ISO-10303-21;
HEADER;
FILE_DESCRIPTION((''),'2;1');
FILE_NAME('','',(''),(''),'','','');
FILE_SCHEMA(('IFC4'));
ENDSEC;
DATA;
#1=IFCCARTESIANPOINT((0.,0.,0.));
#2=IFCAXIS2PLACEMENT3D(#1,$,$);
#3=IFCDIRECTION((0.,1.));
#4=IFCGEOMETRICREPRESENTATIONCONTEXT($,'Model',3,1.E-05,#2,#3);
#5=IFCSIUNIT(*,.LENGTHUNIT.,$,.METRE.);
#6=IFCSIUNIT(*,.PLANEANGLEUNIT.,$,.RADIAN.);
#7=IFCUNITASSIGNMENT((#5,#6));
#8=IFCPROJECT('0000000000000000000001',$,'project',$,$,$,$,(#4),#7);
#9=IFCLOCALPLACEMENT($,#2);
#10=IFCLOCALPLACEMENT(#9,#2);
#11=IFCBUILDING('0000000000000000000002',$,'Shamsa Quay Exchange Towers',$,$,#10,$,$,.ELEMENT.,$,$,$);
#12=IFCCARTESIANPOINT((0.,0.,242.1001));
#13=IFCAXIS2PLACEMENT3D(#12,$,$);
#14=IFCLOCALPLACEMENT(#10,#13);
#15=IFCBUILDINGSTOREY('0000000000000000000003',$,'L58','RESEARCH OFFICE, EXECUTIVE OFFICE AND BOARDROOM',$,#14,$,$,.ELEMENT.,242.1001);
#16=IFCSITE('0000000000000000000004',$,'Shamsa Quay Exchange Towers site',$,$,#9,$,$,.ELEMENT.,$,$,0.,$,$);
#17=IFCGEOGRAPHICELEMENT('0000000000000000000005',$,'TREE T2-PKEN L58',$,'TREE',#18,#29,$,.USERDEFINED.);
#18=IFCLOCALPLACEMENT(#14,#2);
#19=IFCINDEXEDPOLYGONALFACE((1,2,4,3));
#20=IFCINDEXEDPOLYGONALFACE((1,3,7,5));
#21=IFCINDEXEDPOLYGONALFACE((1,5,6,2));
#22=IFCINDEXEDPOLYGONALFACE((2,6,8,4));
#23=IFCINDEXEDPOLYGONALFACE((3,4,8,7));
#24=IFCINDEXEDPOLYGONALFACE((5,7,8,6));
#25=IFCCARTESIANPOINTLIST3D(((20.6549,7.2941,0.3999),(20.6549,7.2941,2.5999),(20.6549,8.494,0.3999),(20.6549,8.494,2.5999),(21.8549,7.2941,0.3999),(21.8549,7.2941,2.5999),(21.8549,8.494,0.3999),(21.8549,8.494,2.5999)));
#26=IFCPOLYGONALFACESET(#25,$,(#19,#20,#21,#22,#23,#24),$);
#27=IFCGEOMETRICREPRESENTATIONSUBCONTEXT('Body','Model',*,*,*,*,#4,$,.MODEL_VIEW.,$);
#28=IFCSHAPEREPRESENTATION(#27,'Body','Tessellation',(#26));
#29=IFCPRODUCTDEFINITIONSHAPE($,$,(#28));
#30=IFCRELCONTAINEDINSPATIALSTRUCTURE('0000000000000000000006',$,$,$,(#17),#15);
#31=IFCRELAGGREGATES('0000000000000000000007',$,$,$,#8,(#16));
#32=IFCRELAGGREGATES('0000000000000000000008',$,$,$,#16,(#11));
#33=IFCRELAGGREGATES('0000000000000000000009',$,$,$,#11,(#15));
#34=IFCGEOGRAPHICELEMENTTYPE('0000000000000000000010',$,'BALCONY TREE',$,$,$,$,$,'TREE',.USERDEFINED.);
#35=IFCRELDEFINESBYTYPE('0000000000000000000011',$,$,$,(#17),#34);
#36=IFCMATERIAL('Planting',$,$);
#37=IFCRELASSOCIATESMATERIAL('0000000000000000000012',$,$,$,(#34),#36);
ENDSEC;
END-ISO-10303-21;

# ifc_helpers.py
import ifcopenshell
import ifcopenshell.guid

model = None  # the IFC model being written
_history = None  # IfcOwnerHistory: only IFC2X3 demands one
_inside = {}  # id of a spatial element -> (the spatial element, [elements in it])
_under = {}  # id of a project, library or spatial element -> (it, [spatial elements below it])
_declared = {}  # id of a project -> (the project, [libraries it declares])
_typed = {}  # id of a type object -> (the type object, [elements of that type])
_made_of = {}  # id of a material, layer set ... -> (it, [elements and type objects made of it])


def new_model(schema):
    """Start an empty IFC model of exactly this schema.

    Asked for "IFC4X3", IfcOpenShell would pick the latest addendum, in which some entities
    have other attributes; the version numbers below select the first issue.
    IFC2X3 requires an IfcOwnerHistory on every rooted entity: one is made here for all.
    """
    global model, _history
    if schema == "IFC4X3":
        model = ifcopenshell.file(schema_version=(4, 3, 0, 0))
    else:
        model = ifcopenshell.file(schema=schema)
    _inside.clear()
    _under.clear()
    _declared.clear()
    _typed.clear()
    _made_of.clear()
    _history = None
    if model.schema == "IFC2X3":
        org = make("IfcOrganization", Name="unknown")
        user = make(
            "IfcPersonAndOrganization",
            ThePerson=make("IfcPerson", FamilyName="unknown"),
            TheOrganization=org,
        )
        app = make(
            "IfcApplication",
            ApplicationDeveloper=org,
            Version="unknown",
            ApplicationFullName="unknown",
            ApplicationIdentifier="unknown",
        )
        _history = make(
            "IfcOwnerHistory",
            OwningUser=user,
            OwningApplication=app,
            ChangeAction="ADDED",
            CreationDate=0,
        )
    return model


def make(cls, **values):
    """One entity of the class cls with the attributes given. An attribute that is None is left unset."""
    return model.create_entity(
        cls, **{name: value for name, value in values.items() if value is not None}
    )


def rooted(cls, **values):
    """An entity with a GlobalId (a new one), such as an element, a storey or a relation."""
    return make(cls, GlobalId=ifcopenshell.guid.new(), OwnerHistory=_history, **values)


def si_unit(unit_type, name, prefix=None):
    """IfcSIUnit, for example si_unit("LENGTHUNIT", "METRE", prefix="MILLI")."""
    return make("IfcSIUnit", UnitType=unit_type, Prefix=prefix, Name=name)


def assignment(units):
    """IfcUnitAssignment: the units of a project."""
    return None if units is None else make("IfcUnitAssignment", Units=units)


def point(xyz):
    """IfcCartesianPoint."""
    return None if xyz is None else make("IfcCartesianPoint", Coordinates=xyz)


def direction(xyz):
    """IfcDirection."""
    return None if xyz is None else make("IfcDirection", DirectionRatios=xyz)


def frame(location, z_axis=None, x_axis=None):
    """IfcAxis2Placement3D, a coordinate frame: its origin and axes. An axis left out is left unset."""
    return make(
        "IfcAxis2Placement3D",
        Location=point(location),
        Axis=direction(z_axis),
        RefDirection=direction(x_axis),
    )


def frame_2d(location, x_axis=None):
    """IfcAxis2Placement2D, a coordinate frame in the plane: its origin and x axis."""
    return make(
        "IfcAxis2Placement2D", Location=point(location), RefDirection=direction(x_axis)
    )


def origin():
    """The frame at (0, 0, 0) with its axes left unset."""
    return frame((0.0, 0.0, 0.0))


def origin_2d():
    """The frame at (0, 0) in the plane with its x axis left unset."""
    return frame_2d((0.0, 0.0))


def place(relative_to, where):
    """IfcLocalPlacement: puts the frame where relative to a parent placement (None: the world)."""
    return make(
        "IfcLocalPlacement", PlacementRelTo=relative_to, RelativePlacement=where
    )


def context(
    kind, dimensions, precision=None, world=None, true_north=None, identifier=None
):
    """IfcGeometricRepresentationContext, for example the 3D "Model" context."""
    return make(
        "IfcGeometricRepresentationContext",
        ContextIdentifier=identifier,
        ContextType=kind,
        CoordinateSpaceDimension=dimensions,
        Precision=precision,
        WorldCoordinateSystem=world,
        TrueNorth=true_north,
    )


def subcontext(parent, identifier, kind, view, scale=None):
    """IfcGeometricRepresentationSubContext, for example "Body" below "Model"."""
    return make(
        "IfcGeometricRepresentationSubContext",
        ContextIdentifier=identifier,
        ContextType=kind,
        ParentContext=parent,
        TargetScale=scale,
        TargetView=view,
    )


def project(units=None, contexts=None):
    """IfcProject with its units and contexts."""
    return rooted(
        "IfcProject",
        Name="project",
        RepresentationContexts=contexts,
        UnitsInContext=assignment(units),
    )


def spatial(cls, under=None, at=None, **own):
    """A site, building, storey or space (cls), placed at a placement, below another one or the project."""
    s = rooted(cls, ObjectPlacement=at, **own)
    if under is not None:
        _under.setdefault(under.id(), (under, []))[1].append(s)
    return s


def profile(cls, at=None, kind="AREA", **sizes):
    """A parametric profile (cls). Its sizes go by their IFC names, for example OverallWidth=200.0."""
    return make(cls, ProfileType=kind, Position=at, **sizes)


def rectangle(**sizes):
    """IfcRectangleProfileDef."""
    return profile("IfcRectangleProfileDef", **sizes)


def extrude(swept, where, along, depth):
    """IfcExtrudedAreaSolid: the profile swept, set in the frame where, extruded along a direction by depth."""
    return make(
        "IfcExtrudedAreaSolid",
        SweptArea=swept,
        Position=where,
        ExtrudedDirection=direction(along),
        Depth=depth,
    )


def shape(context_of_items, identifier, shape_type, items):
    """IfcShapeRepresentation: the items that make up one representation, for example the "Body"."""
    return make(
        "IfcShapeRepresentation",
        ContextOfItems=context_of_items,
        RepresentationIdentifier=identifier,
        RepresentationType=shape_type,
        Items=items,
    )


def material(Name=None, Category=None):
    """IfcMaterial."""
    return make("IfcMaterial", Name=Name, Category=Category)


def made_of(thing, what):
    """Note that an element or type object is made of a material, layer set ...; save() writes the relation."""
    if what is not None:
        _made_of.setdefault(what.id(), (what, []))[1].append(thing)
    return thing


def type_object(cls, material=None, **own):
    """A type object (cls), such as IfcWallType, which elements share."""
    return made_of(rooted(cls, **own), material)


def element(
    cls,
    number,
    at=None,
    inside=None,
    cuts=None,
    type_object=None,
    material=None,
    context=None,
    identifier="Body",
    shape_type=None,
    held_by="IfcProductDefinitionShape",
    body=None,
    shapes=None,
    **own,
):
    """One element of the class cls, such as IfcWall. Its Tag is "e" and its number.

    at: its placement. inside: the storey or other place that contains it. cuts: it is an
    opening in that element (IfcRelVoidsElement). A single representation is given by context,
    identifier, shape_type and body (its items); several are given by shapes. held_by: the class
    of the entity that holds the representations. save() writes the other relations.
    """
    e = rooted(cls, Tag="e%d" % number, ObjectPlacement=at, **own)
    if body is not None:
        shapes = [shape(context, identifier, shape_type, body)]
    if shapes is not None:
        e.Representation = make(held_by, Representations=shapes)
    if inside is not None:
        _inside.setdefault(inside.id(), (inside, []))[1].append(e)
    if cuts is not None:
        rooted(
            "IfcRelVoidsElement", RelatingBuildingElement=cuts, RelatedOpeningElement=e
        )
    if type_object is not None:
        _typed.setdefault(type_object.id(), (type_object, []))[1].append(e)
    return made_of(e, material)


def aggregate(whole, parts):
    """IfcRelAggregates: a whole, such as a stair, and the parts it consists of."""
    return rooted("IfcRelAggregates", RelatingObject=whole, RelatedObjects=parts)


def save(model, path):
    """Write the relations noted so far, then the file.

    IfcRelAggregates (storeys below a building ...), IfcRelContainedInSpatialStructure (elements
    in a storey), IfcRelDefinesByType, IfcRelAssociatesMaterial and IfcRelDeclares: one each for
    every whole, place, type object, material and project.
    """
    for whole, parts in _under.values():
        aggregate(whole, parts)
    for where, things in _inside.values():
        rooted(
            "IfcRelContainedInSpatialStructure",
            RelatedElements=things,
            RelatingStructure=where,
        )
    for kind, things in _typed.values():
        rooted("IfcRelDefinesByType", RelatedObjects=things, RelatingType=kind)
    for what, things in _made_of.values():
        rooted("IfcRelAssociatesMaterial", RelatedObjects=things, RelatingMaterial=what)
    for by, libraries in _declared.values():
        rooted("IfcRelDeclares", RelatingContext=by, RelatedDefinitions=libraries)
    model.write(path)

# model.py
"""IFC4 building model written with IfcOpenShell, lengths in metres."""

from ifc_helpers import new_model, si_unit, direction, frame, origin, origin_2d, place, context, subcontext, project, spatial, rectangle, extrude, material, type_object, element, save


model = new_model("IFC4")

# Units and contexts
model_context = context("Model", 3, precision=1e-05, world=origin(), true_north=direction((0.0, 1.0)))
body_context = subcontext(model_context, "Body", "Model", "MODEL_VIEW")
ifc_project = project(units=[si_unit("LENGTHUNIT", "METRE"), si_unit("PLANEANGLEUNIT", "RADIAN")], contexts=[model_context])

# Site, building, storey
site_placement = place(None, origin())
site = spatial("IfcSite", under=ifc_project, at=site_placement, Name="Shamsa Quay Exchange Towers site", CompositionType="ELEMENT", RefElevation=0.0)
building_placement = place(site_placement, origin())
building = spatial("IfcBuilding", under=site, at=building_placement, Name="Shamsa Quay Exchange Towers", CompositionType="ELEMENT")
storey_placement = place(building_placement, frame((0.0, 0.0, 242.1001)))
storey = spatial("IfcBuildingStorey", under=building, at=storey_placement, Name="L58", Description="RESEARCH OFFICE, EXECUTIVE OFFICE AND BOARDROOM", CompositionType="ELEMENT", Elevation=242.1001)

# Geographic element
ifc_material_1 = material(Name="Planting")
geographic_element_type = type_object("IfcGeographicElementType", Name="BALCONY TREE", ElementType="TREE", PredefinedType="USERDEFINED", material=ifc_material_1)
geographic_element_placement = place(storey_placement, frame((21.2549, 7.894, 0.3999), z_axis=(0.0, 0.0, 1.0), x_axis=(0.0, -1.0, 0.0)))
element("IfcGeographicElement", 1, at=geographic_element_placement, inside=storey, type_object=geographic_element_type, Name="TREE T2-PKEN L58", ObjectType="TREE", PredefinedType="USERDEFINED", context=body_context, shape_type="SweptSolid", body=[
    extrude(rectangle(XDim=1.2, YDim=1.2, at=origin_2d()), origin(), (0.0, 0.0, 1.0), 2.2),
])

save(model, "model.ifc")
